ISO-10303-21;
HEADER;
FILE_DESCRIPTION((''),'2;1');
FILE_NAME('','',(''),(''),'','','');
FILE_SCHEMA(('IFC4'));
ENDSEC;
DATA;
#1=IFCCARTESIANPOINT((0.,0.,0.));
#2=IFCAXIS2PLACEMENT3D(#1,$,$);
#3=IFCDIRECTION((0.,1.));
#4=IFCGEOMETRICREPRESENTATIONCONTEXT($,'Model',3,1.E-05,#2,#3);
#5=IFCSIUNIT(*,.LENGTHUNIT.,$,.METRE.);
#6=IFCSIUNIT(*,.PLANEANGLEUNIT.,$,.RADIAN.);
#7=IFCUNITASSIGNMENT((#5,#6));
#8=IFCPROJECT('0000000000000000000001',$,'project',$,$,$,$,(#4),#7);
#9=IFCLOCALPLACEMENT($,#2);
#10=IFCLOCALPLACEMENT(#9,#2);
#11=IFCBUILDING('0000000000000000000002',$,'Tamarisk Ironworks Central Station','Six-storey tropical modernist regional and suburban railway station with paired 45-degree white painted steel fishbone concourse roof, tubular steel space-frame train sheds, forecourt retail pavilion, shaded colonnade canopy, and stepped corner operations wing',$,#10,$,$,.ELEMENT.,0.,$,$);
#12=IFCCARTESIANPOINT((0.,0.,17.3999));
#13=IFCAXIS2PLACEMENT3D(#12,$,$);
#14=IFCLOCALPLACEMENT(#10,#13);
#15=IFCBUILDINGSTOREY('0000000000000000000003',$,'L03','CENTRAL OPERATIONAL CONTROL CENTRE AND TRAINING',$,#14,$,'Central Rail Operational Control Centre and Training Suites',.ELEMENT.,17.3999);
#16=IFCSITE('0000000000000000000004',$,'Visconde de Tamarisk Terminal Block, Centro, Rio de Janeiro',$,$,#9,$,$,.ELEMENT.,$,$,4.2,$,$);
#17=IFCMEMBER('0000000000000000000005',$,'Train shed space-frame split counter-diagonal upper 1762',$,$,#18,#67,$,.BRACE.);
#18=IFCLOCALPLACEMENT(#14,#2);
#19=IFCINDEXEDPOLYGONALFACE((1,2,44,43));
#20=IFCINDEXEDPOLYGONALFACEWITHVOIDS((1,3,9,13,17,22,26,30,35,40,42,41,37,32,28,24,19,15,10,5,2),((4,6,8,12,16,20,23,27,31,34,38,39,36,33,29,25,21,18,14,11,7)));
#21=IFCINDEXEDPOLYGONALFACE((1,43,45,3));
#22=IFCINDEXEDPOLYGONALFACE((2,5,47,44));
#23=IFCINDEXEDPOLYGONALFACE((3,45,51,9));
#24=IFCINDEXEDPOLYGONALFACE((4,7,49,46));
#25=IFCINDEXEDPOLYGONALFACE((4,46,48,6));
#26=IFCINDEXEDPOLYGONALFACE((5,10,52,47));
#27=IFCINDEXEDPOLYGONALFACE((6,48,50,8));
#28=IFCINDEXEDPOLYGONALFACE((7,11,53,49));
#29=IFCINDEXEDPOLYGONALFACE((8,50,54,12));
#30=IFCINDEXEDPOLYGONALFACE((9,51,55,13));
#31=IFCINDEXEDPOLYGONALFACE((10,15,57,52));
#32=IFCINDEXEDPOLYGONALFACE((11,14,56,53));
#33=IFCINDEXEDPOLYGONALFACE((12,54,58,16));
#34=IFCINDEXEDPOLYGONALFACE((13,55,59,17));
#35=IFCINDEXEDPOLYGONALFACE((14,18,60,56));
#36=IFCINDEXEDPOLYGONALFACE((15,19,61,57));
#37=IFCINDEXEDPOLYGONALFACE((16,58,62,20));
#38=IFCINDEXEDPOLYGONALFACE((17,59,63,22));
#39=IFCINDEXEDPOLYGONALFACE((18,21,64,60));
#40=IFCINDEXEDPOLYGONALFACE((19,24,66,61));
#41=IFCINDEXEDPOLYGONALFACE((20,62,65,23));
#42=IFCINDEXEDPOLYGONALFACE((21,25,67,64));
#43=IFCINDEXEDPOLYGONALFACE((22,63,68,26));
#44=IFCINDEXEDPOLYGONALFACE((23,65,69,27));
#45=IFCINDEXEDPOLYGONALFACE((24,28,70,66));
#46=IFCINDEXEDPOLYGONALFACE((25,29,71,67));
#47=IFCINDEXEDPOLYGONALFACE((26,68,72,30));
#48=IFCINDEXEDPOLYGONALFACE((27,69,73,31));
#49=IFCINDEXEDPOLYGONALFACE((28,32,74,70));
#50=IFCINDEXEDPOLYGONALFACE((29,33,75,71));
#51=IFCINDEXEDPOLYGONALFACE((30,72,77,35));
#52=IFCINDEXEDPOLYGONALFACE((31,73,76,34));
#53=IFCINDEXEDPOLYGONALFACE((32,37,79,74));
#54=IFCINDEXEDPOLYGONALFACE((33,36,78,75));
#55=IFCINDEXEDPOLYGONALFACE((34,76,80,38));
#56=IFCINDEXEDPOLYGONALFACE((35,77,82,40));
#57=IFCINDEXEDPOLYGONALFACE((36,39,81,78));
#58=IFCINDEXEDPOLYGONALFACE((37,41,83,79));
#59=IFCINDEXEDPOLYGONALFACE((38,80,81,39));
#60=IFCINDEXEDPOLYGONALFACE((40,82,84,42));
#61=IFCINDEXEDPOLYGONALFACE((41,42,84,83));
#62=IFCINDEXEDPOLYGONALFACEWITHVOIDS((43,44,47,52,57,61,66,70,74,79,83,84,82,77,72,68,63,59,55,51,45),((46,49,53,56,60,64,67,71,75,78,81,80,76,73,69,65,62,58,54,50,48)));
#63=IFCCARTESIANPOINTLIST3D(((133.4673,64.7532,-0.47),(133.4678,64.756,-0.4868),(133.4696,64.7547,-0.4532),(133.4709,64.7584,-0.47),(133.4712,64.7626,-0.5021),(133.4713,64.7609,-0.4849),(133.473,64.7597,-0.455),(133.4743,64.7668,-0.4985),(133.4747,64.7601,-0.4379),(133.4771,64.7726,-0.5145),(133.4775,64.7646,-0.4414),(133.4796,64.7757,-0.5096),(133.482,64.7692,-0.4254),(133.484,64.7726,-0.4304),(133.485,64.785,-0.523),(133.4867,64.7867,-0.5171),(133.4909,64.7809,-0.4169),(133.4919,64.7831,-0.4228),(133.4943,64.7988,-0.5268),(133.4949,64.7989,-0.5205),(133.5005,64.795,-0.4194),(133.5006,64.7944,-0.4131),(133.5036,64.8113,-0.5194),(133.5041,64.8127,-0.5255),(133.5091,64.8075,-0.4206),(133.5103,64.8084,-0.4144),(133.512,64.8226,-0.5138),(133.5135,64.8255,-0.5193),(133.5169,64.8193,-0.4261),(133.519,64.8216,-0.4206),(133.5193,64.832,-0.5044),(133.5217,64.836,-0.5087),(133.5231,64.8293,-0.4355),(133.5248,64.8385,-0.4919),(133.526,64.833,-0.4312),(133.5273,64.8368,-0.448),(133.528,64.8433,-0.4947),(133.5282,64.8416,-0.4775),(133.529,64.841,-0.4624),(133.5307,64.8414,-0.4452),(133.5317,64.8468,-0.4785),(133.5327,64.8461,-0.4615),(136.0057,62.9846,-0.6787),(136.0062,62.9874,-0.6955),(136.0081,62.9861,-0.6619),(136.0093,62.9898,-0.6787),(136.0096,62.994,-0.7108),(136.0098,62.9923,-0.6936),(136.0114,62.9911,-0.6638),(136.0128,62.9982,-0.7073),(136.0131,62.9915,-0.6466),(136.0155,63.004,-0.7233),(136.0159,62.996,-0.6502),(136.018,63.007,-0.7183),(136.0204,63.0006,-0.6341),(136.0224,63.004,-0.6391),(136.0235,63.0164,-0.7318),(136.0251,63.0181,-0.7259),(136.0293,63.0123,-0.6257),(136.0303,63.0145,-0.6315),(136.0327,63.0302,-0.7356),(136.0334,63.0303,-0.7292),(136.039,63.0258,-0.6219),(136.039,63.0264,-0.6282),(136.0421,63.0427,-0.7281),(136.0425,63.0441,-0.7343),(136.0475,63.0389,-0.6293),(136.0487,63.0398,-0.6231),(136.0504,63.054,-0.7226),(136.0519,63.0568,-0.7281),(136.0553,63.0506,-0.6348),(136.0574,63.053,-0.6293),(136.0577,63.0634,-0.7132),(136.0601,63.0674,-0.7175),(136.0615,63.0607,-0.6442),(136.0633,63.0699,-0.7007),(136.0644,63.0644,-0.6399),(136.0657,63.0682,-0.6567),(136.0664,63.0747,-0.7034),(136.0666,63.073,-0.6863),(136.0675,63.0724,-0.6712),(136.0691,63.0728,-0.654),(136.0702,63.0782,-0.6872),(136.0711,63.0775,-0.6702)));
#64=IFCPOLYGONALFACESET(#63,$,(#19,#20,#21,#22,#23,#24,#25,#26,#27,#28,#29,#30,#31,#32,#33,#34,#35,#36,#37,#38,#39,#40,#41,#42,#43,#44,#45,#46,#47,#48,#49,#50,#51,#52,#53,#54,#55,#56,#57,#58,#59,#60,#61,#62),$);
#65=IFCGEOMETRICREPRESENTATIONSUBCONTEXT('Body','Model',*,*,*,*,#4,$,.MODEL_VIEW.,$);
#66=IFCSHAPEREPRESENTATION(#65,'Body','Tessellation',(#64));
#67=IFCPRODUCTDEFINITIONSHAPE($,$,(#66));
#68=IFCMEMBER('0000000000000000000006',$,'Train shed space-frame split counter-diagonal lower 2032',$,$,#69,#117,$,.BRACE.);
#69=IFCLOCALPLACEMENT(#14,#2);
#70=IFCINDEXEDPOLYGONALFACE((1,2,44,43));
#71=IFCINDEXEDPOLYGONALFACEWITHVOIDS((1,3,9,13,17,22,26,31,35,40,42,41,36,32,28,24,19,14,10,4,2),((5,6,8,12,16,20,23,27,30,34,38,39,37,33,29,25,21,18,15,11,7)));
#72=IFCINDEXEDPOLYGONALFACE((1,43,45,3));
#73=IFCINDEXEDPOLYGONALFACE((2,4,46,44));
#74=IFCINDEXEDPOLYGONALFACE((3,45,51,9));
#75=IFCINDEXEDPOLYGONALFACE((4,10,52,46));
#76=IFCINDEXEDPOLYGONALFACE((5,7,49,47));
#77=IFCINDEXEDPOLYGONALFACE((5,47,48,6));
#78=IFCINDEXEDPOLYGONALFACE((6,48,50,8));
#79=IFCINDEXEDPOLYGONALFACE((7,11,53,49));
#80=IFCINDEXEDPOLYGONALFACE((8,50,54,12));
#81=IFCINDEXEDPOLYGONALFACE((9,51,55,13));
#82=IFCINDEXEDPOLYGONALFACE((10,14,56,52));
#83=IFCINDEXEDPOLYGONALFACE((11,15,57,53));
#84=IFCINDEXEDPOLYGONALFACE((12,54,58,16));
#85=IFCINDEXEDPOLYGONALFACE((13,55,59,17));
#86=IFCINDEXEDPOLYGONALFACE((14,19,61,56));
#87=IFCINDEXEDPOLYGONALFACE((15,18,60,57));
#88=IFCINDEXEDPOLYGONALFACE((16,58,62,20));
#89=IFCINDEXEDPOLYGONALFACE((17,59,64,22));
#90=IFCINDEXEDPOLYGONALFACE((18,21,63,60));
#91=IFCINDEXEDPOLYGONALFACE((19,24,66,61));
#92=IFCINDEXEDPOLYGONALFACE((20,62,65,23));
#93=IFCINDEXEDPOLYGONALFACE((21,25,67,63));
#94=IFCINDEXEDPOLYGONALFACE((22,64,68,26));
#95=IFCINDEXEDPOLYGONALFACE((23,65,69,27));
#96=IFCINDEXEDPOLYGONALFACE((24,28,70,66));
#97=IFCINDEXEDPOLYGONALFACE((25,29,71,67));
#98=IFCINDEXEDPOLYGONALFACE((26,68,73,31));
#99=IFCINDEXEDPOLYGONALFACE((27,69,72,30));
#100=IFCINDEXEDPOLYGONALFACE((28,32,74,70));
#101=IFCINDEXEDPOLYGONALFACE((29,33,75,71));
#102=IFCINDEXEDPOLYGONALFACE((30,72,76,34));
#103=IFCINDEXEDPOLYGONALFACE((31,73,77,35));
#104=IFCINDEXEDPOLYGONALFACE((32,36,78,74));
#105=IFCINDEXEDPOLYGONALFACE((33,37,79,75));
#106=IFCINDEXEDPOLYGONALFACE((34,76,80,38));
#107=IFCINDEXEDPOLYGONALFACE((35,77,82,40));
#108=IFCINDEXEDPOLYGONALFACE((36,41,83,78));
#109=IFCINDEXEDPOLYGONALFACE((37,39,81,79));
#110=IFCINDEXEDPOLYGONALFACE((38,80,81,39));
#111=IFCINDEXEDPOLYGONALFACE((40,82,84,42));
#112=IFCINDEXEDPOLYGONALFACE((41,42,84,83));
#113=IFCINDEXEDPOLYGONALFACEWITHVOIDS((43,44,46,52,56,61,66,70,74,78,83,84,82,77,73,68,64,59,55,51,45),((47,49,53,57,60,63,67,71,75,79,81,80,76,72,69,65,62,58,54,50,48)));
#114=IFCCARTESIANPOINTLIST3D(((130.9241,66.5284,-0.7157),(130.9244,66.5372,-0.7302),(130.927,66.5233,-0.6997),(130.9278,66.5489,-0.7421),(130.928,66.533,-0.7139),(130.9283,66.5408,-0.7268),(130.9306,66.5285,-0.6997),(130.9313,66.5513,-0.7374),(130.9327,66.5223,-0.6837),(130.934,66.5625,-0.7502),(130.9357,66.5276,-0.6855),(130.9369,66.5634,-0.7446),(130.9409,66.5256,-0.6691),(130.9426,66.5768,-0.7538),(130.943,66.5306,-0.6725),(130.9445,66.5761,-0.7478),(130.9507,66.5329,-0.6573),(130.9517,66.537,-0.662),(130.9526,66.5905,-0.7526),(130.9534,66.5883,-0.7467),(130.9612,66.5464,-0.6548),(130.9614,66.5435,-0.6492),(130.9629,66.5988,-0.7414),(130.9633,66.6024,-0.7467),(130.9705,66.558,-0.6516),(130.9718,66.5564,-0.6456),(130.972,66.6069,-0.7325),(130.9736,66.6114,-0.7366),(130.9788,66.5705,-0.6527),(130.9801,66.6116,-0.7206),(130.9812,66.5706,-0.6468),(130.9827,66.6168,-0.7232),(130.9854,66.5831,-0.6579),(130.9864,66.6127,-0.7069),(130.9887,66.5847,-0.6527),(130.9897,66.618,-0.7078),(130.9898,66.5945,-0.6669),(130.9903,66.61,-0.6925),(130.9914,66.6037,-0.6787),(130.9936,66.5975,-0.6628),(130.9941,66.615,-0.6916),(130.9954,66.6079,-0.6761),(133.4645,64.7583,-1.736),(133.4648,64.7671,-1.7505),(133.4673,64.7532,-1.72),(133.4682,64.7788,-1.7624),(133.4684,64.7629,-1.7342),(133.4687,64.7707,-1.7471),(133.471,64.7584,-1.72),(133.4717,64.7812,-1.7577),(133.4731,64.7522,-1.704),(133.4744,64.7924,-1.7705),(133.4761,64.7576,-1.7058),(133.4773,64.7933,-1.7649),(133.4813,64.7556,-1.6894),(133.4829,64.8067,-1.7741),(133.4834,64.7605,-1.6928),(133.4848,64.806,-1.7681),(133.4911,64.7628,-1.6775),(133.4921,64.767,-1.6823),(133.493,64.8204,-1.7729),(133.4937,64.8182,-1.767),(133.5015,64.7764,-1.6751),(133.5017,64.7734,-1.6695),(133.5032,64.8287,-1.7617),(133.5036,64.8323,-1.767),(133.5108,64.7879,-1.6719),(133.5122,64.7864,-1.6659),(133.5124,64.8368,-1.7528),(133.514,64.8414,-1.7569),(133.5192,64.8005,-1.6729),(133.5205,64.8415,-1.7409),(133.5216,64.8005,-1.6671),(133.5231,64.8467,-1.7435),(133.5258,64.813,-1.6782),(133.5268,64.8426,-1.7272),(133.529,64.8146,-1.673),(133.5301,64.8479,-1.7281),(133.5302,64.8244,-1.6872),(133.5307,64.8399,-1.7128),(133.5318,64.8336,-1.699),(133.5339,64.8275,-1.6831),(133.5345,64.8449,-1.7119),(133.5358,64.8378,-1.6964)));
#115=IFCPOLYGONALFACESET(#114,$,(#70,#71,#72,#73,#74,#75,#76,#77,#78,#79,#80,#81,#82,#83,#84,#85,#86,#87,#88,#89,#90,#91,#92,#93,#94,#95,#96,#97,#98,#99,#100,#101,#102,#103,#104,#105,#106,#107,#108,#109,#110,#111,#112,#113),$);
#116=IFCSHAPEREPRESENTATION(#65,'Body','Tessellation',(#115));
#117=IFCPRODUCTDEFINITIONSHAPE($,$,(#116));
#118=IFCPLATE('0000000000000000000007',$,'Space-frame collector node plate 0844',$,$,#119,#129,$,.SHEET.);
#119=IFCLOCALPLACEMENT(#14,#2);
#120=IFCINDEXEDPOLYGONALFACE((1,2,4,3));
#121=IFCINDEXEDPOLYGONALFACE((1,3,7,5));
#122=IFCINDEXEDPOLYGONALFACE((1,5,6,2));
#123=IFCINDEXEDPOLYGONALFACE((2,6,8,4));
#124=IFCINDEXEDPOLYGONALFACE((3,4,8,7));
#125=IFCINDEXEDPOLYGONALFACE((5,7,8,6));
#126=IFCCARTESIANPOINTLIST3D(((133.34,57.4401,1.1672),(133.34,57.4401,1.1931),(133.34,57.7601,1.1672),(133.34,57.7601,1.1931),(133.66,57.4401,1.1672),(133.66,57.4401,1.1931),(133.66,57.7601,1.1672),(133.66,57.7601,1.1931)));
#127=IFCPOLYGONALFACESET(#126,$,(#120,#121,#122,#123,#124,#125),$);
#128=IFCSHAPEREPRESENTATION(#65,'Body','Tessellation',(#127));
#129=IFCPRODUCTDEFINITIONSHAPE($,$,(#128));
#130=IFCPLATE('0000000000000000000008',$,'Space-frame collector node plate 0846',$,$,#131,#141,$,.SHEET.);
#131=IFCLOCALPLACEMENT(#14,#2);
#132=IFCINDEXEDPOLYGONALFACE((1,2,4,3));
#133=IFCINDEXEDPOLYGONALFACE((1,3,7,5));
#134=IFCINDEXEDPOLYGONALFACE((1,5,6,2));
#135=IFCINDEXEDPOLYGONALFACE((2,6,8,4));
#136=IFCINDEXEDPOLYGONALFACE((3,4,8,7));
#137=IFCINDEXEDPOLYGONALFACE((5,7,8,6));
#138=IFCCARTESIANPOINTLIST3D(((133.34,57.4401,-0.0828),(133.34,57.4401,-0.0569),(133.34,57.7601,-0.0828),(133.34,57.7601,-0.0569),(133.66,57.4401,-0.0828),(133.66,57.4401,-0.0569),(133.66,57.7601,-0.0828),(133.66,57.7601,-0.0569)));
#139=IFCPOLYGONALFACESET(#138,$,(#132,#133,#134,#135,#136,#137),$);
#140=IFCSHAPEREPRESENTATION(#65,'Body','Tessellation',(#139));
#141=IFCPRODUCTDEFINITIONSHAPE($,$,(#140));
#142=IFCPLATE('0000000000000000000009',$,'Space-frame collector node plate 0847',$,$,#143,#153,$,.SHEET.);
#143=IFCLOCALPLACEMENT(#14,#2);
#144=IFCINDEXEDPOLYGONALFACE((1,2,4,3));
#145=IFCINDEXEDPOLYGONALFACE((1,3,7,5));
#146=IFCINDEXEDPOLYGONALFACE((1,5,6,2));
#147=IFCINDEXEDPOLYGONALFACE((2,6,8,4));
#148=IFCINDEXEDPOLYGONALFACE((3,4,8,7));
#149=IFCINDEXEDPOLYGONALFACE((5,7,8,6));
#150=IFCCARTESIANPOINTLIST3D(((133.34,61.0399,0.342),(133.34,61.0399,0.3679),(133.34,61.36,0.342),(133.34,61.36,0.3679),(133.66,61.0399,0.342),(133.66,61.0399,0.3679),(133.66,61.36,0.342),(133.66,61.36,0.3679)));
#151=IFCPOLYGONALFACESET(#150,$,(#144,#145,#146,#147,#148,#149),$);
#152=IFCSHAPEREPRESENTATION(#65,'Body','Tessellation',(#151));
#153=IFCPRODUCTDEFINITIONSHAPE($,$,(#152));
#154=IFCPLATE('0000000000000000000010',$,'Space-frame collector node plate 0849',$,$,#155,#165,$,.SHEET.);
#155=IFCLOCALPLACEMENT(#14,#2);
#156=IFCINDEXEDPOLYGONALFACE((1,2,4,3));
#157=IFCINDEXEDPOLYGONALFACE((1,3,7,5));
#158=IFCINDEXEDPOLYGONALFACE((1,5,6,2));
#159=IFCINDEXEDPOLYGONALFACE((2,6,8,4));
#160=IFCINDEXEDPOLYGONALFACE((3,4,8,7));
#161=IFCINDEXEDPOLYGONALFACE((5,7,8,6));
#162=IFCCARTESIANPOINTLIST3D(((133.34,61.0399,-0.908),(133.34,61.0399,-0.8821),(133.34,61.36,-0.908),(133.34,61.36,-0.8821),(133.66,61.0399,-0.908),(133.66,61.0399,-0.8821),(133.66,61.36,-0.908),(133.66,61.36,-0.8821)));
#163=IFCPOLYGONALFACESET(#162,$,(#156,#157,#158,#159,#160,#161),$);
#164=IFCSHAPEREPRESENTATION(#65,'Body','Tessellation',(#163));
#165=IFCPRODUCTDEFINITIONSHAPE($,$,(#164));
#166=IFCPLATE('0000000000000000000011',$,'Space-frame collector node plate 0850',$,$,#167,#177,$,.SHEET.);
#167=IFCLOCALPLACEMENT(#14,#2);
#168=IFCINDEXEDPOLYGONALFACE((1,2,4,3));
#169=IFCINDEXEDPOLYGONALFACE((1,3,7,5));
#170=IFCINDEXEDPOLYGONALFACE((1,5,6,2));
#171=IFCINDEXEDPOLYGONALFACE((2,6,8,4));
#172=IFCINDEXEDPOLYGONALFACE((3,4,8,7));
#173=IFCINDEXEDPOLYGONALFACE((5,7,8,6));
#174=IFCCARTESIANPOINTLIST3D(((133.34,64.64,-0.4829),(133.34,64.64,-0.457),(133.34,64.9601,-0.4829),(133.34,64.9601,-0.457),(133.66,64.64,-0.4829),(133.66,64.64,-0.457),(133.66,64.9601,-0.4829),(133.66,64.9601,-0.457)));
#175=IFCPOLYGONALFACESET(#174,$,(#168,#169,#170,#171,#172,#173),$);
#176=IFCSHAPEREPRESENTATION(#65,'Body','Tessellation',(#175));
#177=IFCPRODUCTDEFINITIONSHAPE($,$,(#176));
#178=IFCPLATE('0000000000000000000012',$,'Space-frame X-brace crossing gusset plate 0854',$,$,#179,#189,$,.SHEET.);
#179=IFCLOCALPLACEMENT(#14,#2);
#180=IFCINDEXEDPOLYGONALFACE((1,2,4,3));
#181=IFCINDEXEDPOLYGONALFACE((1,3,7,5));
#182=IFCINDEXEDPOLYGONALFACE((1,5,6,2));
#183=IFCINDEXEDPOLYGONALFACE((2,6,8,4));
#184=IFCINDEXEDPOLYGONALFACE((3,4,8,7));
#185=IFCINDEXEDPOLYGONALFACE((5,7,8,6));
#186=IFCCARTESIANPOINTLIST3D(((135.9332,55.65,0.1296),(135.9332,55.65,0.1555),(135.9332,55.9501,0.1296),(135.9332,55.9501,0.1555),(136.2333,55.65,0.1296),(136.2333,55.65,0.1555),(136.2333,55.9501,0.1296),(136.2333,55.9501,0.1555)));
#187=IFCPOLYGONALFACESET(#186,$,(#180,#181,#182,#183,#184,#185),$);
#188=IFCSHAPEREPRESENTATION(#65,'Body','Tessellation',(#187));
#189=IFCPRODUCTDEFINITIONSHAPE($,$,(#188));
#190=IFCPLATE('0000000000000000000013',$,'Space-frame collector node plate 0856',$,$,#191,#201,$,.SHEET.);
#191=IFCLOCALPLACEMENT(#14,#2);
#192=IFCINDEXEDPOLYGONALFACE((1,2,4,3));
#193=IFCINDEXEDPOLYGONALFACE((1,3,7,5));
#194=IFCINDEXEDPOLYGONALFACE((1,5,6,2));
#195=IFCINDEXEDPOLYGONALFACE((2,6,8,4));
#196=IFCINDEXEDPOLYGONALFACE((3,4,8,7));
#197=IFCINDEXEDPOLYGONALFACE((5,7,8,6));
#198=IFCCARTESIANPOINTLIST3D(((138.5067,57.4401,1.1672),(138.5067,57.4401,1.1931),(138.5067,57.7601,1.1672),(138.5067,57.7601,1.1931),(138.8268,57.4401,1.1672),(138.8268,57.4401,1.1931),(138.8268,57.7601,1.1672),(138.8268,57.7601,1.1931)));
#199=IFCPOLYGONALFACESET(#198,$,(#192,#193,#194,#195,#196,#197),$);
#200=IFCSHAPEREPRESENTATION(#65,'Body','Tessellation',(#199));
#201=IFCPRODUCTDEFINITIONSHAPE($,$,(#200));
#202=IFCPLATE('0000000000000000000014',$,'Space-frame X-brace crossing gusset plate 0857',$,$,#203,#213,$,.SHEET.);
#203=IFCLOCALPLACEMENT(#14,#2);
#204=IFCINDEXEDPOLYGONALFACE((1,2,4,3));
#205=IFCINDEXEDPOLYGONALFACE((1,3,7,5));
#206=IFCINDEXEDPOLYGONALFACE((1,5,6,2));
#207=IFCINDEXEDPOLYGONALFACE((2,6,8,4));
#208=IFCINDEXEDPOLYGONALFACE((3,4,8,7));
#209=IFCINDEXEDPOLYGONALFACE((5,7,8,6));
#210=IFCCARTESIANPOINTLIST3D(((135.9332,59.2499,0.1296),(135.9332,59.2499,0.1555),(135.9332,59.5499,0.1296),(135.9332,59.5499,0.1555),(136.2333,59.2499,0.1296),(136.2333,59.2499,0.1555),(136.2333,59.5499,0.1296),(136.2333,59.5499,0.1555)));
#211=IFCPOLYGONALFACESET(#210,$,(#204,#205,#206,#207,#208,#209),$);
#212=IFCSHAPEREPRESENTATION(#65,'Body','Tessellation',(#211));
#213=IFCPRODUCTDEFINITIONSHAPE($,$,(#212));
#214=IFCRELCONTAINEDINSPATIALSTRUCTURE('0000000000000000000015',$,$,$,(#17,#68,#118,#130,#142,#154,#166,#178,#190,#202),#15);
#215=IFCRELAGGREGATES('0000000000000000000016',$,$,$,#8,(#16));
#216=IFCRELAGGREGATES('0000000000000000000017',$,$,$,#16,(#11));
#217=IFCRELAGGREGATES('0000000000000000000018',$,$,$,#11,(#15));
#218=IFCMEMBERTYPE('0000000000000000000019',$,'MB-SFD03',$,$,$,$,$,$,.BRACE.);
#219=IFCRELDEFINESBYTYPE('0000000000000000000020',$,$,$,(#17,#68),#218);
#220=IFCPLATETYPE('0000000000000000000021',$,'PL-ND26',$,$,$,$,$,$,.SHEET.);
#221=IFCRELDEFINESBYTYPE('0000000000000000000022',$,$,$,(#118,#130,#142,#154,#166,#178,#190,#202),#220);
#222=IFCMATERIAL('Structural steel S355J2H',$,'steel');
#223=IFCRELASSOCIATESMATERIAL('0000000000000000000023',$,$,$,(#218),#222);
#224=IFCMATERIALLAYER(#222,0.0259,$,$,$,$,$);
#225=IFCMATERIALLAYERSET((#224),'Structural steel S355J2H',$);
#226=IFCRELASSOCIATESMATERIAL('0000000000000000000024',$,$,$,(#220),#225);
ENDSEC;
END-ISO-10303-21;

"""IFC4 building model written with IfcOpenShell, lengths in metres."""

from ifc_helpers import new_model, si_unit, direction, frame, origin, origin_2d, place, context, subcontext, project, spatial, rectangle, hollow_circle, extrude, material, layer, layer_set, material_profile, profile_set, type_object, element, save


model = new_model("IFC4")

# Units and contexts
model_context = context("Model", 3, precision=1e-05, world=origin(), true_north=direction((0.0, 1.0)))
body_context = subcontext(model_context, "Body", "Model", "MODEL_VIEW")
ifc_project = project(units=[si_unit("LENGTHUNIT", "METRE"), si_unit("PLANEANGLEUNIT", "RADIAN")], contexts=[model_context])

# Site, building, storey
site_placement = place(None, origin())
site = spatial("IfcSite", under=ifc_project, at=site_placement, Name="Visconde de Tamarisk Terminal Block, Centro, Rio de Janeiro", CompositionType="ELEMENT", RefElevation=4.2)
building_placement = place(site_placement, origin())
building = spatial("IfcBuilding", under=site, at=building_placement, Name="Tamarisk Ironworks Central Station", Description="Six-storey tropical modernist regional and suburban railway station with paired 45-degree white painted steel fishbone concourse roof, tubular steel space-frame train sheds, forecourt retail pavilion, shaded colonnade canopy, and stepped corner operations wing", CompositionType="ELEMENT", ElevationOfRefHeight=0.0)
storey_placement = place(building_placement, frame((0.0, 0.0, 17.3999)))
storey = spatial("IfcBuildingStorey", under=building, at=storey_placement, Name="L03", Description="CENTRAL OPERATIONAL CONTROL CENTRE AND TRAINING", LongName="Central Rail Operational Control Centre and Training Suites", CompositionType="ELEMENT", Elevation=17.3999)

# Members
ifc_material = material(Name="Structural steel S355J2H", Category="steel")
ifc_material_profile_1 = material_profile(ifc_material, hollow_circle(Radius=0.0571, WallThickness=0.0063, at=origin_2d()), Name="CHS 114.3x6.3")
ifc_profile_set_1 = profile_set([ifc_material_profile_1], Name="Structural steel S355J2H")
member_type_1 = type_object("IfcMemberType", Name="MB-SFD03", PredefinedType="BRACE", material=ifc_profile_set_1)
for number, where, z_axis, x_axis, name in (
    (1, (136.0383, 63.0315, -0.6787), (-0.818625, 0.570369, 0.06732), (-0.571666, -0.820487, 0.0), "Train shed space-frame split counter-diagonal upper 1762"),
):
    element("IfcMember", number, at=place(storey_placement, frame(where, z_axis=z_axis, x_axis=x_axis)), inside=storey, type_object=member_type_1, Name=name, PredefinedType="BRACE", context=body_context, shape_type="SweptSolid", body=[
        extrude(hollow_circle(Radius=0.0571, WallThickness=0.0063, at=origin_2d()), origin(), (0.0, 0.0, 1.0), 3.1008),
    ])
member_1_placement = place(storey_placement, frame((133.5, 64.8, -1.72), z_axis=(-0.779252, 0.542967, 0.312974), x_axis=(-0.571688, -0.820471, 0.0)))
element("IfcMember", 2, at=member_1_placement, inside=storey, type_object=member_type_1, Name="Train shed space-frame split counter-diagonal lower 2032", PredefinedType="BRACE", context=body_context, shape_type="SweptSolid", body=[
    extrude(hollow_circle(Radius=0.0571, WallThickness=0.0063, at=origin_2d()), origin(), (0.0, 0.0, 1.0), 3.26),
])

# Plates
ifc_layer = layer(ifc_material, 0.0259)
ifc_layer_set = layer_set([ifc_layer], Name="Structural steel S355J2H")
plate_type = type_object("IfcPlateType", Name="PL-ND26", PredefinedType="SHEET", material=ifc_layer_set)
for number, where, z_axis, x_axis, name in (
    (3, (133.5, 57.6001, 1.1672), (0.0, 0.0, 1.0), (1.0, 0.0, 0.0), "Space-frame collector node plate 0844"),
    (4, (133.5, 57.6001, -0.0828), (0.0, 0.0, 1.0), (1.0, 0.0, 0.0), "Space-frame collector node plate 0846"),
    (5, (133.5, 61.2, 0.342), (0.0, 0.0, 1.0), (1.0, 0.0, 0.0), "Space-frame collector node plate 0847"),
    (6, (133.5, 61.2, -0.908), (0.0, 0.0, 1.0), (1.0, 0.0, 0.0), "Space-frame collector node plate 0849"),
    (7, (133.5, 64.8, -0.4829), (0.0, 0.0, 1.0), (1.0, 0.0, 0.0), "Space-frame collector node plate 0850"),
):
    element("IfcPlate", number, at=place(storey_placement, frame(where, z_axis=z_axis, x_axis=x_axis)), inside=storey, type_object=plate_type, Name=name, PredefinedType="SHEET", context=body_context, shape_type="SweptSolid", body=[
        extrude(rectangle(XDim=0.3201, YDim=0.3201, at=origin_2d()), origin(), (0.0, 0.0, 1.0), 0.0259),
    ])
plate_1_placement = place(storey_placement, frame((136.0833, 55.8, 0.1296), z_axis=(0.0, 0.0, 1.0), x_axis=(1.0, 0.0, 0.0)))
element("IfcPlate", 8, at=plate_1_placement, inside=storey, type_object=plate_type, Name="Space-frame X-brace crossing gusset plate 0854", PredefinedType="SHEET", context=body_context, shape_type="SweptSolid", body=[
    extrude(rectangle(XDim=0.3, YDim=0.3, at=origin_2d()), origin(), (0.0, 0.0, 1.0), 0.0259),
])
plate_2_placement = place(storey_placement, frame((138.6667, 57.6001, 1.1672), z_axis=(0.0, 0.0, 1.0), x_axis=(1.0, 0.0, 0.0)))
element("IfcPlate", 9, at=plate_2_placement, inside=storey, type_object=plate_type, Name="Space-frame collector node plate 0856", PredefinedType="SHEET", context=body_context, shape_type="SweptSolid", body=[
    extrude(rectangle(XDim=0.3201, YDim=0.3201, at=origin_2d()), origin(), (0.0, 0.0, 1.0), 0.0259),
])
plate_3_placement = place(storey_placement, frame((136.0833, 59.3999, 0.1296), z_axis=(0.0, 0.0, 1.0), x_axis=(1.0, 0.0, 0.0)))
element("IfcPlate", 10, at=plate_3_placement, inside=storey, type_object=plate_type, Name="Space-frame X-brace crossing gusset plate 0857", PredefinedType="SHEET", context=body_context, shape_type="SweptSolid", body=[
    extrude(rectangle(XDim=0.3, YDim=0.3, at=origin_2d()), origin(), (0.0, 0.0, 1.0), 0.0259),
])

save(model, "model.ifc")
